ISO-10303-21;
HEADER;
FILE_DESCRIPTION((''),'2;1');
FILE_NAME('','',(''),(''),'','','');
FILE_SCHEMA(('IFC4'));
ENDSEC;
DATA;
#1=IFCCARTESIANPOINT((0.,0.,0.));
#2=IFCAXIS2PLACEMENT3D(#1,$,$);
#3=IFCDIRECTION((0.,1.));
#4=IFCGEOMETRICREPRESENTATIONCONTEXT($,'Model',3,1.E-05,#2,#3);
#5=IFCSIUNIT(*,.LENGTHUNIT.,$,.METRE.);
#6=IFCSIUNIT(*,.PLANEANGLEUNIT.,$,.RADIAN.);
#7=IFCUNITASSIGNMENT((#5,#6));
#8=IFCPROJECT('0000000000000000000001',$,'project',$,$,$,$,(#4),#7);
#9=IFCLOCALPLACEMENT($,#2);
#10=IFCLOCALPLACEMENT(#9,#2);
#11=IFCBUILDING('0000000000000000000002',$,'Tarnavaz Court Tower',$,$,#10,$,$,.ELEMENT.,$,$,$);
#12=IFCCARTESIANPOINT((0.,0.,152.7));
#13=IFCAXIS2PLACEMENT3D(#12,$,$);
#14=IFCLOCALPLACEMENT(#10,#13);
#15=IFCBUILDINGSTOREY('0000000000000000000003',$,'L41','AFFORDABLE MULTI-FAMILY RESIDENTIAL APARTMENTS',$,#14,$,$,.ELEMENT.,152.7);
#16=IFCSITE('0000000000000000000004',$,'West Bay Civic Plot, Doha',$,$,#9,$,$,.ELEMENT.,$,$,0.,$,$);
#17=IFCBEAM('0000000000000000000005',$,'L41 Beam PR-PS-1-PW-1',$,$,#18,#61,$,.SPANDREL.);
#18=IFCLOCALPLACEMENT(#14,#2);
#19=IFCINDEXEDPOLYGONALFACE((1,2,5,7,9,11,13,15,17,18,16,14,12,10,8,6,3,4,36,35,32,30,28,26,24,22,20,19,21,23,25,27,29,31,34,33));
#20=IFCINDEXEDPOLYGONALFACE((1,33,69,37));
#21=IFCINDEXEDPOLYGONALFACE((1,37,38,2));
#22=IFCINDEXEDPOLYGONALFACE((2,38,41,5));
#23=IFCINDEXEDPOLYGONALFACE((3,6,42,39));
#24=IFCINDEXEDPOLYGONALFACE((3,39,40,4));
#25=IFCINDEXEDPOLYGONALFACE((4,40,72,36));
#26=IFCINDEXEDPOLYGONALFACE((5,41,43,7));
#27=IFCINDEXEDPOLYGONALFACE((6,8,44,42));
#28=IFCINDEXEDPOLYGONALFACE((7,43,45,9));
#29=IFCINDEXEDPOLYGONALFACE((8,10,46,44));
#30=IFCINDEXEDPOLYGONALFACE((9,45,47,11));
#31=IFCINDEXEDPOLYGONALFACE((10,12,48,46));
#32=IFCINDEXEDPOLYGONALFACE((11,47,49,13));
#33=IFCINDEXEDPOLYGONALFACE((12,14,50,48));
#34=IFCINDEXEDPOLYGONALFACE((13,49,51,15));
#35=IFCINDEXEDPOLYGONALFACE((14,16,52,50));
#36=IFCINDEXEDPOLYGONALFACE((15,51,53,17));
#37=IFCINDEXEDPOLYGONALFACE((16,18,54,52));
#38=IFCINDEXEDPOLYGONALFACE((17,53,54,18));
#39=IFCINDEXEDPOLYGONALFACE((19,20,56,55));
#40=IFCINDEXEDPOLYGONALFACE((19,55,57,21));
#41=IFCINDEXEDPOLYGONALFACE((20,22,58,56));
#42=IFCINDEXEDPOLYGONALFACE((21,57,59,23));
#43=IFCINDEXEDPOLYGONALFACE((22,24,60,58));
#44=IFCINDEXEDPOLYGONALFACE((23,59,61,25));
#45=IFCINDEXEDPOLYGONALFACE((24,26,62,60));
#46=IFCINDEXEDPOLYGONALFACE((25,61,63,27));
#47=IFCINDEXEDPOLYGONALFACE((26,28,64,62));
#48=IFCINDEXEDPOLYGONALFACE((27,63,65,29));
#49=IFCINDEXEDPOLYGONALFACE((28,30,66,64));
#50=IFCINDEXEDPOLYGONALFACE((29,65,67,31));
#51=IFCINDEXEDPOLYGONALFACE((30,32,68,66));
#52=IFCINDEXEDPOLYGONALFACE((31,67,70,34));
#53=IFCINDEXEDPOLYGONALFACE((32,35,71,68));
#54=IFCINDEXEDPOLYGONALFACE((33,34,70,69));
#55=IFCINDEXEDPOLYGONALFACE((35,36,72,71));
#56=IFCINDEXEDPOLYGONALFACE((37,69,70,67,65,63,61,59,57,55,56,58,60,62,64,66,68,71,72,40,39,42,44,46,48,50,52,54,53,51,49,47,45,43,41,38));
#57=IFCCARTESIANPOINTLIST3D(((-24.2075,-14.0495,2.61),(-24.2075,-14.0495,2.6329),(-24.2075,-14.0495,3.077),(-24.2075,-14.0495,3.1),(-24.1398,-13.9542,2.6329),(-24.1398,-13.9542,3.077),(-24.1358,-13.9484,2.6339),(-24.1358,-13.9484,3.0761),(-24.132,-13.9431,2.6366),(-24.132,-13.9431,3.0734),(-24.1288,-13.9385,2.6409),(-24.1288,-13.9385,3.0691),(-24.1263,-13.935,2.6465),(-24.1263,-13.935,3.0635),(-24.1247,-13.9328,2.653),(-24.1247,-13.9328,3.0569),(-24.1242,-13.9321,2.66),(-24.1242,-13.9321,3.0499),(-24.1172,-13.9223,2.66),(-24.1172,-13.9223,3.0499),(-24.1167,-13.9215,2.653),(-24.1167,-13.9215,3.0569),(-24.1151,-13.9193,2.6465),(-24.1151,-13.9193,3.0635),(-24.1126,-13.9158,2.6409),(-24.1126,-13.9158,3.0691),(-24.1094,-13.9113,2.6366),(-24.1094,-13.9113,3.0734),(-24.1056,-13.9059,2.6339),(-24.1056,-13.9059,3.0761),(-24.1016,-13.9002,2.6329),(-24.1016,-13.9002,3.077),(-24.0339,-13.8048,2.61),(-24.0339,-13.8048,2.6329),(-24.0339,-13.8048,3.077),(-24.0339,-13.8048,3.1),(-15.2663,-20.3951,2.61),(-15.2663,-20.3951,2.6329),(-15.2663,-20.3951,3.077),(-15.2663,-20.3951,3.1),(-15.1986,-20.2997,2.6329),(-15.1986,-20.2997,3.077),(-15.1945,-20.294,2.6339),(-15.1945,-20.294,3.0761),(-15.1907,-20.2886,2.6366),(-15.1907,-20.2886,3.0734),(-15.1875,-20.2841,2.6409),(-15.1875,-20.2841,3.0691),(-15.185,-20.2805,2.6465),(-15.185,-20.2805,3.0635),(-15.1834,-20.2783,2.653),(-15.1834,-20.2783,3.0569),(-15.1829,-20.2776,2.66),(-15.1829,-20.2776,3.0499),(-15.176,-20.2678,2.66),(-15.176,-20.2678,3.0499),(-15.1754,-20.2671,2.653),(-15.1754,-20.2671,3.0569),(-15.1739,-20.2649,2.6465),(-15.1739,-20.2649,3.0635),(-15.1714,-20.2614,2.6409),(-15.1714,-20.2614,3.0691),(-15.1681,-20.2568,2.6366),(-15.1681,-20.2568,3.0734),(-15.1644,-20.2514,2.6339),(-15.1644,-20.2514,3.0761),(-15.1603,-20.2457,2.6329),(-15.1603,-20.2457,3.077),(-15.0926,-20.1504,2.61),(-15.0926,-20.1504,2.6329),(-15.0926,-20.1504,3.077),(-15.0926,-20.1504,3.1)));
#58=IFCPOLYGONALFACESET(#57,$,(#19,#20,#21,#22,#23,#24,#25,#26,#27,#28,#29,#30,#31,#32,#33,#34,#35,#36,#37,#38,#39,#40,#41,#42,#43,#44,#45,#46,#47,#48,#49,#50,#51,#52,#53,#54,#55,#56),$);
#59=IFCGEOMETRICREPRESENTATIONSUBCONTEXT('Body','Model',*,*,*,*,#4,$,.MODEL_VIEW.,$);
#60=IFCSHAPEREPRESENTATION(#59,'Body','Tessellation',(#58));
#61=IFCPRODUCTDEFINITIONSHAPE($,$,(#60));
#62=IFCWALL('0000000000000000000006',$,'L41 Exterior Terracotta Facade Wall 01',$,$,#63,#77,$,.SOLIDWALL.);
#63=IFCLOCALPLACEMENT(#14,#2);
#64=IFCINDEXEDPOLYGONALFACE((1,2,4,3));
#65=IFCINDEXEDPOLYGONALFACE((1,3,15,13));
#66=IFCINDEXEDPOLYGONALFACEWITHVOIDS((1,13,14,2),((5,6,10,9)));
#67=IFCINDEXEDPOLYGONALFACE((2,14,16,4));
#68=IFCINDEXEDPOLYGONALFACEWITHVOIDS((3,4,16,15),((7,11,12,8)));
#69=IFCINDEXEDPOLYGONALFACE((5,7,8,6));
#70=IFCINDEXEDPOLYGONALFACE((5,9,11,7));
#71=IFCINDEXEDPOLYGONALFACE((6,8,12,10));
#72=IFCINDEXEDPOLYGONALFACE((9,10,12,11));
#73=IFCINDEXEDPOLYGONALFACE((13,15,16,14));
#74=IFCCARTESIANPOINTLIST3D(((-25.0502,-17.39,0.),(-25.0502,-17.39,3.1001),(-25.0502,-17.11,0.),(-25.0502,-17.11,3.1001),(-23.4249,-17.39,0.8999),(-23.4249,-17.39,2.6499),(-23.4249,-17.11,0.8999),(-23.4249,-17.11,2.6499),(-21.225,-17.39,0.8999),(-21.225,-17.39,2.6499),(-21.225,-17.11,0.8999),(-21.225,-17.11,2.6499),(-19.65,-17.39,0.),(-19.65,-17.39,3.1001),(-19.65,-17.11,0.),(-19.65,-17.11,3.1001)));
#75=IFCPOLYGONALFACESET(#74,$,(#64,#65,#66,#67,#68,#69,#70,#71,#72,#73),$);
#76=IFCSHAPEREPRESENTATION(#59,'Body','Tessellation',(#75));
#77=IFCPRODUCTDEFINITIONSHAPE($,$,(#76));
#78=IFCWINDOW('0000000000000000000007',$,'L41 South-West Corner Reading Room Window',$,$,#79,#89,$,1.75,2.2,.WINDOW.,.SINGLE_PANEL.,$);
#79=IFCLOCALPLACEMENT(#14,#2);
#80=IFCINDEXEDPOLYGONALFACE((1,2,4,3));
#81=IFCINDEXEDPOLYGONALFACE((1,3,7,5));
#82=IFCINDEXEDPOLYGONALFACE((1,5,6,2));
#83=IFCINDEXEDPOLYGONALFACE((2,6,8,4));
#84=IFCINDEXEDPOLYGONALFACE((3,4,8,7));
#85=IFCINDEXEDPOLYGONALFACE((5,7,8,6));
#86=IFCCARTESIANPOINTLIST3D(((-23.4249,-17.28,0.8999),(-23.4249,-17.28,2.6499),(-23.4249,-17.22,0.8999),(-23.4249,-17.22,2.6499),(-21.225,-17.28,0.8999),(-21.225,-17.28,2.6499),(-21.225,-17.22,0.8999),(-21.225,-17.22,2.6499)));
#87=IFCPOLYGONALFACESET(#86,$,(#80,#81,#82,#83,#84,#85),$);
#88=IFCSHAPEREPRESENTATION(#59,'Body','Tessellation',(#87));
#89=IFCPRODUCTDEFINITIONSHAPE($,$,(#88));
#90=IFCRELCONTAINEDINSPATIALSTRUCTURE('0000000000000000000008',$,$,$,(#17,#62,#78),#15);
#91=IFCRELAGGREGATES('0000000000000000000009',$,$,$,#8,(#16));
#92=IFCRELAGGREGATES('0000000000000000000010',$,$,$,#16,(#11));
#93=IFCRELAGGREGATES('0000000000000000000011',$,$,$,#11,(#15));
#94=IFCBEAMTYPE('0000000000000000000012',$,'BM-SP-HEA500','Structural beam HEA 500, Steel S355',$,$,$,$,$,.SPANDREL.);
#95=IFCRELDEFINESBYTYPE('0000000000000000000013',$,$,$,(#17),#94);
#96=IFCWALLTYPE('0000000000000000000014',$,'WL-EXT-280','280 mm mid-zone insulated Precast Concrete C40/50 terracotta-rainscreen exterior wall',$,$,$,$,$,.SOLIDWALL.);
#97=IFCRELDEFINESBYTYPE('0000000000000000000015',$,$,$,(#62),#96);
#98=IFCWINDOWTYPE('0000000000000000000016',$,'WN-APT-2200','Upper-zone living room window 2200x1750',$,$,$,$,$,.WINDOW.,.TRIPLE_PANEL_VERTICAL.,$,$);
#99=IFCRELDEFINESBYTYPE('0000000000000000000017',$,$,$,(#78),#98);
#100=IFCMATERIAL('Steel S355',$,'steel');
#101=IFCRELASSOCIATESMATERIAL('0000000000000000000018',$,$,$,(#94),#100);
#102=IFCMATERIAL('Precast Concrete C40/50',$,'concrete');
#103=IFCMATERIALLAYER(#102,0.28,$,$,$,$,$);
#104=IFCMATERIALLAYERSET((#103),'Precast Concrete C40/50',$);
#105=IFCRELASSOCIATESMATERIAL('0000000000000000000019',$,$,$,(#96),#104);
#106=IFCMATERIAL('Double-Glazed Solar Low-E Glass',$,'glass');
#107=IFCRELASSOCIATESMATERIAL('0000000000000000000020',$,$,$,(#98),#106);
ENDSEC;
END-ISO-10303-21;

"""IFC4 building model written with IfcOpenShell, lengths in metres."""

from ifc_helpers import new_model, si_unit, direction, frame, frame_2d, origin, origin_2d, place, context, subcontext, project, spatial, rectangle, i_section, extrude, material, layer, layer_set, material_profile, profile_set, type_object, element, fill, save


model = new_model("IFC4")

# Units and contexts
model_context = context("Model", 3, precision=1e-05, world=origin(), true_north=direction((0.0, 1.0)))
body_context = subcontext(model_context, "Body", "Model", "MODEL_VIEW")
ifc_project = project(units=[si_unit("LENGTHUNIT", "METRE"), si_unit("PLANEANGLEUNIT", "RADIAN")], contexts=[model_context])

# Site, building, storey
site_placement = place(None, origin())
site = spatial("IfcSite", under=ifc_project, at=site_placement, Name="West Bay Civic Plot, Doha", CompositionType="ELEMENT", RefElevation=0.0)
building_placement = place(site_placement, origin())
building = spatial("IfcBuilding", under=site, at=building_placement, Name="Tarnavaz Court Tower", CompositionType="ELEMENT")
storey_placement = place(building_placement, frame((0.0, 0.0, 152.7)))
storey = spatial("IfcBuildingStorey", under=building, at=storey_placement, Name="L41", Description="AFFORDABLE MULTI-FAMILY RESIDENTIAL APARTMENTS", CompositionType="ELEMENT", Elevation=152.7)

# Beam
ifc_material_1 = material(Name="Steel S355", Category="steel")
ifc_material_profile_1 = material_profile(ifc_material_1, i_section(OverallWidth=0.3, OverallDepth=0.49, WebThickness=0.012, FlangeThickness=0.0229, FilletRadius=0.0271, at=origin_2d()), Name="HEA 500")
ifc_profile_set_1 = profile_set([ifc_material_profile_1], Name="Steel S355")
beam_type_1 = type_object("IfcBeamType", Name="BM-SP-HEA500", Description="Structural beam HEA 500, Steel S355", PredefinedType="SPANDREL", material=ifc_profile_set_1)
beam_1_placement = place(storey_placement, frame((-15.1794, -20.2727, 2.855), z_axis=(-0.815502, 0.578754, 0.0), x_axis=(-0.578754, -0.815502, 0.0)))
element("IfcBeam", 1, at=beam_1_placement, inside=storey, type_object=beam_type_1, Name="L41 Beam PR-PS-1-PW-1", PredefinedType="SPANDREL", context=body_context, shape_type="SweptSolid", body=[
    extrude(i_section(OverallWidth=0.3, OverallDepth=0.49, WebThickness=0.012, FlangeThickness=0.0229, FilletRadius=0.0271, at=origin_2d()), origin(), (0.0, 0.0, 1.0), 10.9641),
])

# Wall, opening, window
ifc_material_2 = material(Name="Precast Concrete C40/50", Category="concrete")
ifc_layer_1 = layer(ifc_material_2, 0.28)
ifc_layer_set_1 = layer_set([ifc_layer_1], Name="Precast Concrete C40/50")
wall_type_1 = type_object("IfcWallType", Name="WL-EXT-280", Description="280 mm mid-zone insulated Precast Concrete C40/50 terracotta-rainscreen exterior wall", PredefinedType="SOLIDWALL", material=ifc_layer_set_1)
wall_1_placement = place(storey_placement, frame((-19.6499, -17.25, 0.0), z_axis=(0.0, 0.0, 1.0), x_axis=(-1.0, 0.0, 0.0)))
wall_1 = element("IfcWall", 2, at=wall_1_placement, inside=storey, type_object=wall_type_1, Name="L41 Exterior Terracotta Facade Wall 01", PredefinedType="SOLIDWALL", context=body_context, shape_type="SweptSolid", body=[
    extrude(rectangle(XDim=5.4001, YDim=0.28, at=frame_2d((2.7002, 0.0))), origin(), (0.0, 0.0, 1.0), 3.1001),
])
opening_1_placement = place(wall_1_placement, frame((1.575, 0.0, 0.8999)))
opening_1 = element("IfcOpeningElement", 3, at=opening_1_placement, cuts=wall_1, PredefinedType="OPENING", context=body_context, shape_type="SweptSolid", body=[
    extrude(rectangle(XDim=2.2, YDim=1.75, at=frame_2d((1.1001, 0.875))), frame((0.0, 0.1499, 0.0), z_axis=(0.0, -1.0, 0.0), x_axis=(1.0, 0.0, 0.0)), (0.0, 0.0, 1.0), 0.3),
])
ifc_material_3 = material(Name="Double-Glazed Solar Low-E Glass", Category="glass")
window_type_1 = type_object("IfcWindowType", Name="WN-APT-2200", Description="Upper-zone living room window 2200x1750", PartitioningType="TRIPLE_PANEL_VERTICAL", PredefinedType="WINDOW", material=ifc_material_3)
window_1_placement = place(opening_1_placement, origin())
window_1 = element("IfcWindow", 4, at=window_1_placement, inside=storey, type_object=window_type_1, Name="L41 South-West Corner Reading Room Window", OverallHeight=1.75, OverallWidth=2.2, PartitioningType="SINGLE_PANEL", PredefinedType="WINDOW", context=body_context, shape_type="SweptSolid", body=[
    extrude(rectangle(XDim=2.2, YDim=1.75, at=frame_2d((1.1001, 0.875))), frame((0.0, 0.03, 0.0), z_axis=(0.0, -1.0, 0.0), x_axis=(1.0, 0.0, 0.0)), (0.0, 0.0, 1.0), 0.0601),
])
fill(opening_1, window_1)

save(model, "model.ifc")
